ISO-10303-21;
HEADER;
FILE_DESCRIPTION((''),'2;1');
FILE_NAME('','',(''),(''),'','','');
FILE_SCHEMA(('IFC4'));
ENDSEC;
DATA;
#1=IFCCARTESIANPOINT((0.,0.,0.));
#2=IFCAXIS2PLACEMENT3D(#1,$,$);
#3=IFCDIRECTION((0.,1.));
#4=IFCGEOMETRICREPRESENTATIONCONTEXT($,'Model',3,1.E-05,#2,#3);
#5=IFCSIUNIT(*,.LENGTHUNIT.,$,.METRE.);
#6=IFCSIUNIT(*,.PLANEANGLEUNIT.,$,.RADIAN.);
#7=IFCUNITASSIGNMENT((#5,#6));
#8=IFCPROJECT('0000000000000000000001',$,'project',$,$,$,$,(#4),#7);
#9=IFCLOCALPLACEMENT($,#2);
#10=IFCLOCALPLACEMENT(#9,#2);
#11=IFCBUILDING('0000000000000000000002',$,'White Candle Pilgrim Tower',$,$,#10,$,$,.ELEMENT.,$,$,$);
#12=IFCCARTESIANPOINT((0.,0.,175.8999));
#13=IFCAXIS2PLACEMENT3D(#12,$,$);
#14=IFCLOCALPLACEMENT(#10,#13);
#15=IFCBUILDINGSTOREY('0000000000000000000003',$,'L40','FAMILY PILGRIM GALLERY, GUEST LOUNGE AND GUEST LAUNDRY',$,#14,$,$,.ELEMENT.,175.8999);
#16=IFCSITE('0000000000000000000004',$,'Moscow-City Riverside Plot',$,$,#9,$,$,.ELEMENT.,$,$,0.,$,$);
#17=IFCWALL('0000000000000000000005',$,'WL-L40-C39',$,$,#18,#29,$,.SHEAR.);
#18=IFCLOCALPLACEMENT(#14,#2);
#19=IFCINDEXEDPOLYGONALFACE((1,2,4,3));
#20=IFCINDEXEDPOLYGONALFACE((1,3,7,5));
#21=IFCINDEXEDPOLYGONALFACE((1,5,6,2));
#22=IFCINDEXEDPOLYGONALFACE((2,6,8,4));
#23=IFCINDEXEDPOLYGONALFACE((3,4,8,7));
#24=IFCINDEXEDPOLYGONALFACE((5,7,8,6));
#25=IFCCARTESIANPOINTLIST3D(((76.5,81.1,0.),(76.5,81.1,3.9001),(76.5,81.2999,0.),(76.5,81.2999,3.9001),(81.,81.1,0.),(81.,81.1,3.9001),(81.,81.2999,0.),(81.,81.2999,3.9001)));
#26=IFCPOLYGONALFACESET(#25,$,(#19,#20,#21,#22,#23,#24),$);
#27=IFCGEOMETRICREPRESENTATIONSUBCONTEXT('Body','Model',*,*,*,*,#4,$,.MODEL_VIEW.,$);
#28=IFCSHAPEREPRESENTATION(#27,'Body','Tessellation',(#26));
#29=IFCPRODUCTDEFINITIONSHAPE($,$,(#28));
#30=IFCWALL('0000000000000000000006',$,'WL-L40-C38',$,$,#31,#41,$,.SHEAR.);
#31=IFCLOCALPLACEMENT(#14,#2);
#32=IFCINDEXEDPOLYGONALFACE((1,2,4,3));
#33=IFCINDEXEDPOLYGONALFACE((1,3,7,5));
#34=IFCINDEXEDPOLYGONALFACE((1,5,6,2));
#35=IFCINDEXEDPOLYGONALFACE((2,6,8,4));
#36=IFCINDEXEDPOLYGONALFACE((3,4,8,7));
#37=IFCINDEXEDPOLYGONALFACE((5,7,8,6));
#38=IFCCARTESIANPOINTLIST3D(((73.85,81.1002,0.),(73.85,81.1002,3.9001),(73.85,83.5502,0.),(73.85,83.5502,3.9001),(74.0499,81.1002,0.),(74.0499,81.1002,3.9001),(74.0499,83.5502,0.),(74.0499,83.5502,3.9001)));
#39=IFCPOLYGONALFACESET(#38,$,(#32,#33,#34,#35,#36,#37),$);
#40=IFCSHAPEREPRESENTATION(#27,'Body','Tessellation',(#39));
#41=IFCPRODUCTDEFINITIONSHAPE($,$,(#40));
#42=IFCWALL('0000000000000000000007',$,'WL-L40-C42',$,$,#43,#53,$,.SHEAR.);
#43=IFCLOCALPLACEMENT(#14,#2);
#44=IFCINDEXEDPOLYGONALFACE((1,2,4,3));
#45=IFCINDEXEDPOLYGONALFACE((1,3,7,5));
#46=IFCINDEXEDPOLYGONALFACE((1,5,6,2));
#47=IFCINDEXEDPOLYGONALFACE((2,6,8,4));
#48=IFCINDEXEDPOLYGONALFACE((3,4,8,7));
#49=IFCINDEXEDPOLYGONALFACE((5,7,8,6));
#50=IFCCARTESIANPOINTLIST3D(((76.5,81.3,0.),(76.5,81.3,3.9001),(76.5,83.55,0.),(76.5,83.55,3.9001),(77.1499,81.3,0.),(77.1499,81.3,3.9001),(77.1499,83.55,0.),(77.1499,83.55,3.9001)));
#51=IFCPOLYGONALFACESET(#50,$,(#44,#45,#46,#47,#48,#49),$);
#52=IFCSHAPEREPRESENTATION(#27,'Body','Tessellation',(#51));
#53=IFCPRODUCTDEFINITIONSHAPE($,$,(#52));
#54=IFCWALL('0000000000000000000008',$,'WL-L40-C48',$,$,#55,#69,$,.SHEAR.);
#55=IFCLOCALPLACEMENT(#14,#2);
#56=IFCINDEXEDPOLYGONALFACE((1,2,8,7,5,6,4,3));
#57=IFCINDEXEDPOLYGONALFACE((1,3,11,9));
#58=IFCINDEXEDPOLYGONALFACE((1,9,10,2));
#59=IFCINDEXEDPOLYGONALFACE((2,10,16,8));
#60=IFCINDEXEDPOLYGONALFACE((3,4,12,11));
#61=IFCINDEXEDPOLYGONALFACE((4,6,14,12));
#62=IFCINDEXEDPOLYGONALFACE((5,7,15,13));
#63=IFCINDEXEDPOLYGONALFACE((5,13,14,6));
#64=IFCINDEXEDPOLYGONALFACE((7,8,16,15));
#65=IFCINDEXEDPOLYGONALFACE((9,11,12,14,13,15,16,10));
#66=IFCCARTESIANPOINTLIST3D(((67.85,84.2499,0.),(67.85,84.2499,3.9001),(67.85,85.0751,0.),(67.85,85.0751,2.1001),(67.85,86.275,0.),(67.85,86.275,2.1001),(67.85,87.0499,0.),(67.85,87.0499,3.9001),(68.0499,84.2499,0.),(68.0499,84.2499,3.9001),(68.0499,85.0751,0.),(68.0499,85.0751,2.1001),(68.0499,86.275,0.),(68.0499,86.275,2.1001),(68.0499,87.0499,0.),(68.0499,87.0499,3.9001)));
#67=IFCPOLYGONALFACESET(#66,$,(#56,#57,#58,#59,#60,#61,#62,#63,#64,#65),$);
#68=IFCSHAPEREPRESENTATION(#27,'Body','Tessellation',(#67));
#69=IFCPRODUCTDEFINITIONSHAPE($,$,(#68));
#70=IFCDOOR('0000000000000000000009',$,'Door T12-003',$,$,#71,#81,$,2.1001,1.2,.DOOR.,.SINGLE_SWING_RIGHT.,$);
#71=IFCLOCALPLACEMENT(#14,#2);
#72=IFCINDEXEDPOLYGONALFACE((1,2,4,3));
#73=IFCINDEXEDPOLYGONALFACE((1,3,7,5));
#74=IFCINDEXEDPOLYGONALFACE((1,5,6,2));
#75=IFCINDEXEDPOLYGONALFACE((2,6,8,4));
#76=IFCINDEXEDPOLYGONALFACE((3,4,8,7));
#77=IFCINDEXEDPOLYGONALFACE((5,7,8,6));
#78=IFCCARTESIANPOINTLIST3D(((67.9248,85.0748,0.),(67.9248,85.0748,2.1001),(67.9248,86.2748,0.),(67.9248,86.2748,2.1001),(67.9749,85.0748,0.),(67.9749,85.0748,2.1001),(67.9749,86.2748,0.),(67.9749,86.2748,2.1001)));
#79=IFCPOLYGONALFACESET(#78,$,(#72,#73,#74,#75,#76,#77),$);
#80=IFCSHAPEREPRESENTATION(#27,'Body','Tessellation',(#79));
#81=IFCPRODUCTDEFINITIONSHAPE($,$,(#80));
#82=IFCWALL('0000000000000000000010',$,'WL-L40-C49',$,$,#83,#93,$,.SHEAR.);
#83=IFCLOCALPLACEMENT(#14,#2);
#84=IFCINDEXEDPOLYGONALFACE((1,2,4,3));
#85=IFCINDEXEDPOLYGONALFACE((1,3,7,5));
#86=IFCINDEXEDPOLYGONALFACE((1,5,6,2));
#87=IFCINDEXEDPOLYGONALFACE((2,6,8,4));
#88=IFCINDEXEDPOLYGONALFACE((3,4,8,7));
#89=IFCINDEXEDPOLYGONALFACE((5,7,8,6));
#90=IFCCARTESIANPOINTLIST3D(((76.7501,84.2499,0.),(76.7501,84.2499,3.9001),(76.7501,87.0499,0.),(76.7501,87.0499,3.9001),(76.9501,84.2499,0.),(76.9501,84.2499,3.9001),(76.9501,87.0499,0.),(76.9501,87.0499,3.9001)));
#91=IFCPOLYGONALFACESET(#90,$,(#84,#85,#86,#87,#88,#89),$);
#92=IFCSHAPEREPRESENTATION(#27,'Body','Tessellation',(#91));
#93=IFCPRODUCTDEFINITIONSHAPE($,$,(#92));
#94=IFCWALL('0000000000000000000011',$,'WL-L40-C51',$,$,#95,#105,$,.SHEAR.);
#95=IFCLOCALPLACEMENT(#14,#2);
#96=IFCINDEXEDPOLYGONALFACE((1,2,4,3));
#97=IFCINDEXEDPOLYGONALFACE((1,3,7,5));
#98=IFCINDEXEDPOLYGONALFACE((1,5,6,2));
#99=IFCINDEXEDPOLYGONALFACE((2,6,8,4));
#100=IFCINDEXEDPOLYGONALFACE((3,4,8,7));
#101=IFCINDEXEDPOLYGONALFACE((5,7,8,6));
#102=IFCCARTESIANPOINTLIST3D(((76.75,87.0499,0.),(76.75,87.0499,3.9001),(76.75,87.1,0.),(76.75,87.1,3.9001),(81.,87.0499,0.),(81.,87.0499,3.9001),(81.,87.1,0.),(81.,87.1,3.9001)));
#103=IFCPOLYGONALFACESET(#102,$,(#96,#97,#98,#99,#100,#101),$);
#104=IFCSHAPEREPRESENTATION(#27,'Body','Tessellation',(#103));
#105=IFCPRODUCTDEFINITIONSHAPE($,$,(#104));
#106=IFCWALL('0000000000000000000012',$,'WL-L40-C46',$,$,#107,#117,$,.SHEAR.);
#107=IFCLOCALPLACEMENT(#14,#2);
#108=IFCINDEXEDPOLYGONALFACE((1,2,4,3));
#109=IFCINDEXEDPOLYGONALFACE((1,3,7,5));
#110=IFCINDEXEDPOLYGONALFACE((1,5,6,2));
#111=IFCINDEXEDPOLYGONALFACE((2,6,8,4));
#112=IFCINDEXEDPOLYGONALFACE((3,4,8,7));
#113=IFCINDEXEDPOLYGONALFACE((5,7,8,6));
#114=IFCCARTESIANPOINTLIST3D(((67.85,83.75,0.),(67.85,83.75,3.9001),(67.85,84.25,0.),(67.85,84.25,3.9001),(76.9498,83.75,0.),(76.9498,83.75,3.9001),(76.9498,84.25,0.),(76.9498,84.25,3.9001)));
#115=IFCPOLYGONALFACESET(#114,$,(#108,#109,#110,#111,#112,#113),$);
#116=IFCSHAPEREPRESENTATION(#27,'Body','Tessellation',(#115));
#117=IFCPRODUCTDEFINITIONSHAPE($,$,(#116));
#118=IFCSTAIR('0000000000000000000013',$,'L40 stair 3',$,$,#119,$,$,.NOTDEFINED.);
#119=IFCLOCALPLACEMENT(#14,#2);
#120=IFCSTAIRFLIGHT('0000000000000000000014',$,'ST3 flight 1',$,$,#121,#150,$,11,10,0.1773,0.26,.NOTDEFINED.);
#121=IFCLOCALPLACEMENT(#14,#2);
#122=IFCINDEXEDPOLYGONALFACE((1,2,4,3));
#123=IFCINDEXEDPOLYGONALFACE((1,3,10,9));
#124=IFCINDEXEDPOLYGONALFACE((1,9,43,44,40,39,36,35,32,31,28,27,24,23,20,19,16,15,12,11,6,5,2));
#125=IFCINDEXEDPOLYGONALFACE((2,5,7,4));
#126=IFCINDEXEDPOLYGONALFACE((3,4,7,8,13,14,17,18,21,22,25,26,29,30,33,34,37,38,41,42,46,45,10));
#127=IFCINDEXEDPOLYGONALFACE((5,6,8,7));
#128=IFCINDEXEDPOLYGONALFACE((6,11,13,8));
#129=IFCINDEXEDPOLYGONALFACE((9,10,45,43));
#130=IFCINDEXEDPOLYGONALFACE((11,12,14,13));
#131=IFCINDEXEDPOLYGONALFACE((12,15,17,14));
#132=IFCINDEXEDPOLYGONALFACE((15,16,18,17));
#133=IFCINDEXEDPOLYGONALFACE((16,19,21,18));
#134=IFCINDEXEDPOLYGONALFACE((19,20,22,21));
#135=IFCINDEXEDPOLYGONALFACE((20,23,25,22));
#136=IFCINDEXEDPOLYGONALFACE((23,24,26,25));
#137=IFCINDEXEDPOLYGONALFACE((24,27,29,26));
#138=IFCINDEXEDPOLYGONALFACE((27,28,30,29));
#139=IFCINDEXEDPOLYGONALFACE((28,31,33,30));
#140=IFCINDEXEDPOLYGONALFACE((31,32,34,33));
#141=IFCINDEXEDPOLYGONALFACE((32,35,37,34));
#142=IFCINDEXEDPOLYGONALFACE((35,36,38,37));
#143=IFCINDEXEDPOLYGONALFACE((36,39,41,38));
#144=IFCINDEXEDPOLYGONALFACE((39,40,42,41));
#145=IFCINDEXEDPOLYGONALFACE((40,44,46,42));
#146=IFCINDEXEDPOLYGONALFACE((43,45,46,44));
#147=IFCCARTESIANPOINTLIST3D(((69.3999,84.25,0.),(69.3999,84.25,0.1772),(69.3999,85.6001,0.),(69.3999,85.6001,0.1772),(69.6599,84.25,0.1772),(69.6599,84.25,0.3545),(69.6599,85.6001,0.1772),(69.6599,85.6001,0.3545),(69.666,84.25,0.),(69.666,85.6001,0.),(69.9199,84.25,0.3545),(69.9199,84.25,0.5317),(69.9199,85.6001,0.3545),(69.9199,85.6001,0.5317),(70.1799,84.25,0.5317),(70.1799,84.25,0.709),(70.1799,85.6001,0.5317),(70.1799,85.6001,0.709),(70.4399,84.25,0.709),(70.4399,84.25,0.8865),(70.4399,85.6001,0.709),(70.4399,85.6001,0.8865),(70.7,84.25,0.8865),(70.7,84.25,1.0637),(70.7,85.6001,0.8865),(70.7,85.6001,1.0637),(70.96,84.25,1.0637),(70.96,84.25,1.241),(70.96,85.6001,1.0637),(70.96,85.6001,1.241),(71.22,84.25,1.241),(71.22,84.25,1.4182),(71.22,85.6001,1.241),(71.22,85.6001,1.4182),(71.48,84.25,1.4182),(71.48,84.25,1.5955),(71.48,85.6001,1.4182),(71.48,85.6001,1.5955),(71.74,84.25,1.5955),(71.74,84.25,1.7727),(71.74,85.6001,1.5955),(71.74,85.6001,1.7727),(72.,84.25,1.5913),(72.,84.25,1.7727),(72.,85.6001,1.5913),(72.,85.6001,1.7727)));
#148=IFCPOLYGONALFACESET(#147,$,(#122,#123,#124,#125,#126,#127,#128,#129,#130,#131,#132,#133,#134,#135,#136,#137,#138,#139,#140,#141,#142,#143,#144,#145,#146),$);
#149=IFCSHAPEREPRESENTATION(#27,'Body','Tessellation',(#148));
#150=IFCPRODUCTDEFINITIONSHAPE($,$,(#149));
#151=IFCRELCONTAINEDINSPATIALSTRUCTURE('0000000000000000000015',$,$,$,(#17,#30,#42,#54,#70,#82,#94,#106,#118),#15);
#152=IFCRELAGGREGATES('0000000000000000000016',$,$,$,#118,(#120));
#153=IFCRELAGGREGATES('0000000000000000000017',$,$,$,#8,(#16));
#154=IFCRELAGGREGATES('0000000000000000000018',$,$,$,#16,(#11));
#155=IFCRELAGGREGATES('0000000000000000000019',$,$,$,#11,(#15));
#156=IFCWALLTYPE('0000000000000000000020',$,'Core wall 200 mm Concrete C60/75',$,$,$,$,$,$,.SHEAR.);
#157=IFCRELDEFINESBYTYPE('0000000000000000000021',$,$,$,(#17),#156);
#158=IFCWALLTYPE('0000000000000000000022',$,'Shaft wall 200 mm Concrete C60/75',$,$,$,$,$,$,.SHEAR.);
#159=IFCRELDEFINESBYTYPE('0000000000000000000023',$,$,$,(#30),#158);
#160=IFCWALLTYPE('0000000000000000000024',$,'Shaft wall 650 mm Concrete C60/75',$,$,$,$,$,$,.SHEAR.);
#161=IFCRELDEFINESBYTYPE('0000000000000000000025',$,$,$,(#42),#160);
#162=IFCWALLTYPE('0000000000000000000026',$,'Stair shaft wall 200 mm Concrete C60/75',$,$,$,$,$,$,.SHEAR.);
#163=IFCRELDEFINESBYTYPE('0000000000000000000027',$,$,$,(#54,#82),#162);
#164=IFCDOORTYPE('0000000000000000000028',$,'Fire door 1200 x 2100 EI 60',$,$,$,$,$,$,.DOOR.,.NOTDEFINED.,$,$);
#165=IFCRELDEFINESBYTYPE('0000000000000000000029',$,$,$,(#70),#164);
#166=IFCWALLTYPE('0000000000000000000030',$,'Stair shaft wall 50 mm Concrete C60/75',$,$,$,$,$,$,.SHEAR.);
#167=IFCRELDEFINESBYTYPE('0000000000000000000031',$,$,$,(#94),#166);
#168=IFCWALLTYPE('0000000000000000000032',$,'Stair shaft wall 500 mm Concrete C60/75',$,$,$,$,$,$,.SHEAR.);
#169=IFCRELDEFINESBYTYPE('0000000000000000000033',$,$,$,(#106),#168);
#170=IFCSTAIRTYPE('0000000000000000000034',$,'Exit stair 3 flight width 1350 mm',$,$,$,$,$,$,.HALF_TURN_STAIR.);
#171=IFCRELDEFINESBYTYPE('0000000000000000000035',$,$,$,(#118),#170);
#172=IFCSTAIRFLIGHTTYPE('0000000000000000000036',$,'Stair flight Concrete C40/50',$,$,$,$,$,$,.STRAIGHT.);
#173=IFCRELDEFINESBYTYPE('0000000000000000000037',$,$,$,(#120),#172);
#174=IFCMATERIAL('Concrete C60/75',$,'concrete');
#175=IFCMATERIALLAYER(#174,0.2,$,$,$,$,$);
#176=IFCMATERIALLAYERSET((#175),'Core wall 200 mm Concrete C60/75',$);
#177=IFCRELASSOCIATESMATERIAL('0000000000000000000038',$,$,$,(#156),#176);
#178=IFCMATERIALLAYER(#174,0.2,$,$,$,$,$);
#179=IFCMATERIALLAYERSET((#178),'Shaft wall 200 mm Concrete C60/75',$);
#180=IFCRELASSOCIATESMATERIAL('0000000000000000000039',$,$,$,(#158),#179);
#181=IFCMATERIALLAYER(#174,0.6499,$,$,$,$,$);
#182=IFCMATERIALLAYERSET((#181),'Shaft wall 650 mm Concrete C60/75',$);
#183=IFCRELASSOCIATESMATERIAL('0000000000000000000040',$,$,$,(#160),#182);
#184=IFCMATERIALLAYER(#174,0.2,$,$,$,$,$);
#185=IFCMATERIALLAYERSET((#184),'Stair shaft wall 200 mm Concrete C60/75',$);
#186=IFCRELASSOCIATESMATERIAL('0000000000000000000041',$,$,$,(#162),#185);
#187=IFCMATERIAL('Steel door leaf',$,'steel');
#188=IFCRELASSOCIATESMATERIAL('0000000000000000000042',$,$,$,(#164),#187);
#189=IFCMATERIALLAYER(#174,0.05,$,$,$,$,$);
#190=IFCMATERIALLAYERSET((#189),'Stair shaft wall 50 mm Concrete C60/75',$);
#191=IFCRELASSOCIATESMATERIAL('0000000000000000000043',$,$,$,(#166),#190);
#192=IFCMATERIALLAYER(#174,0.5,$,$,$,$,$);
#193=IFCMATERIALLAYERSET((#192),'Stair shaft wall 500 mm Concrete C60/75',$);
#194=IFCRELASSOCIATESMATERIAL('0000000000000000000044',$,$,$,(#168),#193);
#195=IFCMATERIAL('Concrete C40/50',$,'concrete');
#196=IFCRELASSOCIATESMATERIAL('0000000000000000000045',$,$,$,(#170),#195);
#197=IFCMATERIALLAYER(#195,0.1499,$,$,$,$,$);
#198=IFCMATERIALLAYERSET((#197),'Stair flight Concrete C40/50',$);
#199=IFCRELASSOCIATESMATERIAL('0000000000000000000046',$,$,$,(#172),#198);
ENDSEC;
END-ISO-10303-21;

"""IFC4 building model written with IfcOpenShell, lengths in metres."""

from ifc_helpers import new_model, si_unit, direction, frame, frame_2d, origin, place, context, subcontext, project, spatial, polyline, rectangle, outline, extrude, material, layer, layer_set, type_object, element, fill, aggregate, save


model = new_model("IFC4")

# Units and contexts
model_context = context("Model", 3, precision=1e-05, world=origin(), true_north=direction((0.0, 1.0)))
body_context = subcontext(model_context, "Body", "Model", "MODEL_VIEW")
ifc_project = project(units=[si_unit("LENGTHUNIT", "METRE"), si_unit("PLANEANGLEUNIT", "RADIAN")], contexts=[model_context])

# Site, building, storey
site_placement = place(None, origin())
site = spatial("IfcSite", under=ifc_project, at=site_placement, Name="Moscow-City Riverside Plot", CompositionType="ELEMENT", RefElevation=0.0)
building_placement = place(site_placement, origin())
building = spatial("IfcBuilding", under=site, at=building_placement, Name="White Candle Pilgrim Tower", CompositionType="ELEMENT")
storey_placement = place(building_placement, frame((0.0, 0.0, 175.8999)))
storey = spatial("IfcBuildingStorey", under=building, at=storey_placement, Name="L40", Description="FAMILY PILGRIM GALLERY, GUEST LOUNGE AND GUEST LAUNDRY", CompositionType="ELEMENT", Elevation=175.8999)

# Walls
ifc_material_1 = material(Name="Concrete C60/75", Category="concrete")
ifc_layer_1 = layer(ifc_material_1, 0.2)
ifc_layer_set_1 = layer_set([ifc_layer_1], Name="Core wall 200 mm Concrete C60/75")
wall_type_1 = type_object("IfcWallType", Name="Core wall 200 mm Concrete C60/75", PredefinedType="SHEAR", material=ifc_layer_set_1)
wall_1_placement = place(storey_placement, frame((76.5, 81.2, 0.0), z_axis=(0.0, 0.0, 1.0), x_axis=(1.0, 0.0, 0.0)))
element("IfcWall", 1, at=wall_1_placement, inside=storey, type_object=wall_type_1, Name="WL-L40-C39", PredefinedType="SHEAR", context=body_context, shape_type="SweptSolid", body=[
    extrude(rectangle(XDim=4.5, YDim=0.2, at=frame_2d((2.25, 0.0))), origin(), (0.0, 0.0, 1.0), 3.9001),
])
ifc_layer_2 = layer(ifc_material_1, 0.2)
ifc_layer_set_2 = layer_set([ifc_layer_2], Name="Shaft wall 200 mm Concrete C60/75")
wall_type_2 = type_object("IfcWallType", Name="Shaft wall 200 mm Concrete C60/75", PredefinedType="SHEAR", material=ifc_layer_set_2)
wall_2_placement = place(storey_placement, frame((73.95, 81.1001, 0.0), z_axis=(0.0, 0.0, 1.0), x_axis=(0.0, 1.0, 0.0)))
element("IfcWall", 2, at=wall_2_placement, inside=storey, type_object=wall_type_2, Name="WL-L40-C38", PredefinedType="SHEAR", context=body_context, shape_type="SweptSolid", body=[
    extrude(rectangle(XDim=2.45, YDim=0.2, at=frame_2d((1.2251, 0.0))), origin(), (0.0, 0.0, 1.0), 3.9001),
])
ifc_layer_3 = layer(ifc_material_1, 0.6499)
ifc_layer_set_3 = layer_set([ifc_layer_3], Name="Shaft wall 650 mm Concrete C60/75")
wall_type_3 = type_object("IfcWallType", Name="Shaft wall 650 mm Concrete C60/75", PredefinedType="SHEAR", material=ifc_layer_set_3)
wall_3_placement = place(storey_placement, frame((76.825, 81.3, 0.0), z_axis=(0.0, 0.0, 1.0), x_axis=(0.0, 1.0, 0.0)))
element("IfcWall", 3, at=wall_3_placement, inside=storey, type_object=wall_type_3, Name="WL-L40-C42", PredefinedType="SHEAR", context=body_context, shape_type="SweptSolid", body=[
    extrude(rectangle(XDim=2.25, YDim=0.6499, at=frame_2d((1.125, 0.0))), origin(), (0.0, 0.0, 1.0), 3.9001),
])

# Wall, opening, door
ifc_layer_4 = layer(ifc_material_1, 0.2)
ifc_layer_set_4 = layer_set([ifc_layer_4], Name="Stair shaft wall 200 mm Concrete C60/75")
wall_type_4 = type_object("IfcWallType", Name="Stair shaft wall 200 mm Concrete C60/75", PredefinedType="SHEAR", material=ifc_layer_set_4)
wall_4_placement = place(storey_placement, frame((67.95, 84.25, 0.0), z_axis=(0.0, 0.0, 1.0), x_axis=(0.0, 1.0, 0.0)))
wall_4 = element("IfcWall", 4, at=wall_4_placement, inside=storey, type_object=wall_type_4, Name="WL-L40-C48", PredefinedType="SHEAR", context=body_context, shape_type="SweptSolid", body=[
    extrude(rectangle(XDim=2.8, YDim=0.2, at=frame_2d((1.3999, 0.0))), origin(), (0.0, 0.0, 1.0), 3.9001),
])
opening_placement = place(wall_4_placement, frame((0.825, 0.0, 0.0)))
opening = element("IfcOpeningElement", 5, at=opening_placement, cuts=wall_4, PredefinedType="OPENING", context=body_context, shape_type="SweptSolid", body=[
    extrude(rectangle(XDim=1.2, YDim=2.1001, at=frame_2d((0.6001, 1.05))), frame((0.0, 0.1099, 0.0), z_axis=(0.0, -1.0, 0.0), x_axis=(1.0, 0.0, 0.0)), (0.0, 0.0, 1.0), 0.22),
])
ifc_material_2 = material(Name="Steel door leaf", Category="steel")
door_type = type_object("IfcDoorType", Name="Fire door 1200 x 2100 EI 60", OperationType="NOTDEFINED", PredefinedType="DOOR", material=ifc_material_2)
door_placement = place(opening_placement, frame((1.2, 0.0, 0.0), z_axis=(0.0, 0.0, 1.0), x_axis=(-1.0, 0.0, 0.0)))
door = element("IfcDoor", 6, at=door_placement, inside=storey, type_object=door_type, Name="Door T12-003", OperationType="SINGLE_SWING_RIGHT", OverallHeight=2.1001, OverallWidth=1.2, PredefinedType="DOOR", context=body_context, shape_type="SweptSolid", body=[
    extrude(rectangle(XDim=1.2, YDim=2.1001, at=frame_2d((0.6001, 1.05))), frame((0.0, 0.0249, 0.0), z_axis=(0.0, -1.0, 0.0), x_axis=(1.0, 0.0, 0.0)), (0.0, 0.0, 1.0), 0.05),
])
fill(opening, door)

# Walls
wall_5_placement = place(storey_placement, frame((76.8501, 84.25, 0.0), z_axis=(0.0, 0.0, 1.0), x_axis=(0.0, 1.0, 0.0)))
element("IfcWall", 7, at=wall_5_placement, inside=storey, type_object=wall_type_4, Name="WL-L40-C49", PredefinedType="SHEAR", context=body_context, shape_type="SweptSolid", body=[
    extrude(rectangle(XDim=2.8, YDim=0.2, at=frame_2d((1.3999, 0.0))), origin(), (0.0, 0.0, 1.0), 3.9001),
])
ifc_layer_5 = layer(ifc_material_1, 0.05)
ifc_layer_set_5 = layer_set([ifc_layer_5], Name="Stair shaft wall 50 mm Concrete C60/75")
wall_type_5 = type_object("IfcWallType", Name="Stair shaft wall 50 mm Concrete C60/75", PredefinedType="SHEAR", material=ifc_layer_set_5)
wall_6_placement = place(storey_placement, frame((76.75, 87.075, 0.0), z_axis=(0.0, 0.0, 1.0), x_axis=(1.0, 0.0, 0.0)))
element("IfcWall", 8, at=wall_6_placement, inside=storey, type_object=wall_type_5, Name="WL-L40-C51", PredefinedType="SHEAR", context=body_context, shape_type="SweptSolid", body=[
    extrude(rectangle(XDim=4.25, YDim=0.05, at=frame_2d((2.125, 0.0))), origin(), (0.0, 0.0, 1.0), 3.9001),
])
ifc_layer_6 = layer(ifc_material_1, 0.5)
ifc_layer_set_6 = layer_set([ifc_layer_6], Name="Stair shaft wall 500 mm Concrete C60/75")
wall_type_6 = type_object("IfcWallType", Name="Stair shaft wall 500 mm Concrete C60/75", PredefinedType="SHEAR", material=ifc_layer_set_6)
wall_7_placement = place(storey_placement, frame((67.8501, 84.0, 0.0), z_axis=(0.0, 0.0, 1.0), x_axis=(1.0, 0.0, 0.0)))
element("IfcWall", 9, at=wall_7_placement, inside=storey, type_object=wall_type_6, Name="WL-L40-C46", PredefinedType="SHEAR", context=body_context, shape_type="SweptSolid", body=[
    extrude(rectangle(XDim=9.0999, YDim=0.5, at=frame_2d((4.5498, 0.0))), origin(), (0.0, 0.0, 1.0), 3.9001),
])

# Stair, stair flight
ifc_material_3 = material(Name="Concrete C40/50", Category="concrete")
stair_type = type_object("IfcStairType", Name="Exit stair 3 flight width 1350 mm", PredefinedType="HALF_TURN_STAIR", material=ifc_material_3)
stair_placement = place(storey_placement, origin())
stair = element("IfcStair", 10, at=stair_placement, inside=storey, type_object=stair_type, Name="L40 stair 3", PredefinedType="NOTDEFINED")
ifc_layer_7 = layer(ifc_material_3, 0.1499)
ifc_layer_set_7 = layer_set([ifc_layer_7], Name="Stair flight Concrete C40/50")
stair_flight_type = type_object("IfcStairFlightType", Name="Stair flight Concrete C40/50", PredefinedType="STRAIGHT", material=ifc_layer_set_7)
stair_flight_1_placement = place(storey_placement, frame((69.3999, 84.925, 0.0), z_axis=(0.0, 0.0, 1.0), x_axis=(1.0, 0.0, 0.0)))
stair_flight_1 = element("IfcStairFlight", 11, at=stair_flight_1_placement, type_object=stair_flight_type, Name="ST3 flight 1", NumberOfRisers=11, NumberOfTreads=10, PredefinedType="NOTDEFINED", RiserHeight=0.1773, TreadLength=0.26, context=body_context, shape_type="SweptSolid", body=[
    extrude(outline(polyline([(0.0, 0.0), (0.0, 0.1772), (0.26, 0.1772), (0.26, 0.3545), (0.52, 0.3545), (0.52, 0.5317), (0.78, 0.5317), (0.78, 0.709), (1.04, 0.709), (1.04, 0.8865), (1.3, 0.8865), (1.3, 1.0637), (1.5601, 1.0637), (1.5601, 1.241), (1.8201, 1.241), (1.8201, 1.4182), (2.0801, 1.4182), (2.0801, 1.5955), (2.3401, 1.5955), (2.3401, 1.7727), (2.6001, 1.7727), (2.6001, 1.95), (2.6001, 1.5913), (0.2661, 0.0), (0.0, 0.0)])), frame((0.0, 0.675, 0.0), z_axis=(0.0, -1.0, 0.0), x_axis=(1.0, 0.0, 0.0)), (0.0, 0.0, 1.0), 1.3501),
])
aggregate(stair, [stair_flight_1])

save(model, "model.ifc")
